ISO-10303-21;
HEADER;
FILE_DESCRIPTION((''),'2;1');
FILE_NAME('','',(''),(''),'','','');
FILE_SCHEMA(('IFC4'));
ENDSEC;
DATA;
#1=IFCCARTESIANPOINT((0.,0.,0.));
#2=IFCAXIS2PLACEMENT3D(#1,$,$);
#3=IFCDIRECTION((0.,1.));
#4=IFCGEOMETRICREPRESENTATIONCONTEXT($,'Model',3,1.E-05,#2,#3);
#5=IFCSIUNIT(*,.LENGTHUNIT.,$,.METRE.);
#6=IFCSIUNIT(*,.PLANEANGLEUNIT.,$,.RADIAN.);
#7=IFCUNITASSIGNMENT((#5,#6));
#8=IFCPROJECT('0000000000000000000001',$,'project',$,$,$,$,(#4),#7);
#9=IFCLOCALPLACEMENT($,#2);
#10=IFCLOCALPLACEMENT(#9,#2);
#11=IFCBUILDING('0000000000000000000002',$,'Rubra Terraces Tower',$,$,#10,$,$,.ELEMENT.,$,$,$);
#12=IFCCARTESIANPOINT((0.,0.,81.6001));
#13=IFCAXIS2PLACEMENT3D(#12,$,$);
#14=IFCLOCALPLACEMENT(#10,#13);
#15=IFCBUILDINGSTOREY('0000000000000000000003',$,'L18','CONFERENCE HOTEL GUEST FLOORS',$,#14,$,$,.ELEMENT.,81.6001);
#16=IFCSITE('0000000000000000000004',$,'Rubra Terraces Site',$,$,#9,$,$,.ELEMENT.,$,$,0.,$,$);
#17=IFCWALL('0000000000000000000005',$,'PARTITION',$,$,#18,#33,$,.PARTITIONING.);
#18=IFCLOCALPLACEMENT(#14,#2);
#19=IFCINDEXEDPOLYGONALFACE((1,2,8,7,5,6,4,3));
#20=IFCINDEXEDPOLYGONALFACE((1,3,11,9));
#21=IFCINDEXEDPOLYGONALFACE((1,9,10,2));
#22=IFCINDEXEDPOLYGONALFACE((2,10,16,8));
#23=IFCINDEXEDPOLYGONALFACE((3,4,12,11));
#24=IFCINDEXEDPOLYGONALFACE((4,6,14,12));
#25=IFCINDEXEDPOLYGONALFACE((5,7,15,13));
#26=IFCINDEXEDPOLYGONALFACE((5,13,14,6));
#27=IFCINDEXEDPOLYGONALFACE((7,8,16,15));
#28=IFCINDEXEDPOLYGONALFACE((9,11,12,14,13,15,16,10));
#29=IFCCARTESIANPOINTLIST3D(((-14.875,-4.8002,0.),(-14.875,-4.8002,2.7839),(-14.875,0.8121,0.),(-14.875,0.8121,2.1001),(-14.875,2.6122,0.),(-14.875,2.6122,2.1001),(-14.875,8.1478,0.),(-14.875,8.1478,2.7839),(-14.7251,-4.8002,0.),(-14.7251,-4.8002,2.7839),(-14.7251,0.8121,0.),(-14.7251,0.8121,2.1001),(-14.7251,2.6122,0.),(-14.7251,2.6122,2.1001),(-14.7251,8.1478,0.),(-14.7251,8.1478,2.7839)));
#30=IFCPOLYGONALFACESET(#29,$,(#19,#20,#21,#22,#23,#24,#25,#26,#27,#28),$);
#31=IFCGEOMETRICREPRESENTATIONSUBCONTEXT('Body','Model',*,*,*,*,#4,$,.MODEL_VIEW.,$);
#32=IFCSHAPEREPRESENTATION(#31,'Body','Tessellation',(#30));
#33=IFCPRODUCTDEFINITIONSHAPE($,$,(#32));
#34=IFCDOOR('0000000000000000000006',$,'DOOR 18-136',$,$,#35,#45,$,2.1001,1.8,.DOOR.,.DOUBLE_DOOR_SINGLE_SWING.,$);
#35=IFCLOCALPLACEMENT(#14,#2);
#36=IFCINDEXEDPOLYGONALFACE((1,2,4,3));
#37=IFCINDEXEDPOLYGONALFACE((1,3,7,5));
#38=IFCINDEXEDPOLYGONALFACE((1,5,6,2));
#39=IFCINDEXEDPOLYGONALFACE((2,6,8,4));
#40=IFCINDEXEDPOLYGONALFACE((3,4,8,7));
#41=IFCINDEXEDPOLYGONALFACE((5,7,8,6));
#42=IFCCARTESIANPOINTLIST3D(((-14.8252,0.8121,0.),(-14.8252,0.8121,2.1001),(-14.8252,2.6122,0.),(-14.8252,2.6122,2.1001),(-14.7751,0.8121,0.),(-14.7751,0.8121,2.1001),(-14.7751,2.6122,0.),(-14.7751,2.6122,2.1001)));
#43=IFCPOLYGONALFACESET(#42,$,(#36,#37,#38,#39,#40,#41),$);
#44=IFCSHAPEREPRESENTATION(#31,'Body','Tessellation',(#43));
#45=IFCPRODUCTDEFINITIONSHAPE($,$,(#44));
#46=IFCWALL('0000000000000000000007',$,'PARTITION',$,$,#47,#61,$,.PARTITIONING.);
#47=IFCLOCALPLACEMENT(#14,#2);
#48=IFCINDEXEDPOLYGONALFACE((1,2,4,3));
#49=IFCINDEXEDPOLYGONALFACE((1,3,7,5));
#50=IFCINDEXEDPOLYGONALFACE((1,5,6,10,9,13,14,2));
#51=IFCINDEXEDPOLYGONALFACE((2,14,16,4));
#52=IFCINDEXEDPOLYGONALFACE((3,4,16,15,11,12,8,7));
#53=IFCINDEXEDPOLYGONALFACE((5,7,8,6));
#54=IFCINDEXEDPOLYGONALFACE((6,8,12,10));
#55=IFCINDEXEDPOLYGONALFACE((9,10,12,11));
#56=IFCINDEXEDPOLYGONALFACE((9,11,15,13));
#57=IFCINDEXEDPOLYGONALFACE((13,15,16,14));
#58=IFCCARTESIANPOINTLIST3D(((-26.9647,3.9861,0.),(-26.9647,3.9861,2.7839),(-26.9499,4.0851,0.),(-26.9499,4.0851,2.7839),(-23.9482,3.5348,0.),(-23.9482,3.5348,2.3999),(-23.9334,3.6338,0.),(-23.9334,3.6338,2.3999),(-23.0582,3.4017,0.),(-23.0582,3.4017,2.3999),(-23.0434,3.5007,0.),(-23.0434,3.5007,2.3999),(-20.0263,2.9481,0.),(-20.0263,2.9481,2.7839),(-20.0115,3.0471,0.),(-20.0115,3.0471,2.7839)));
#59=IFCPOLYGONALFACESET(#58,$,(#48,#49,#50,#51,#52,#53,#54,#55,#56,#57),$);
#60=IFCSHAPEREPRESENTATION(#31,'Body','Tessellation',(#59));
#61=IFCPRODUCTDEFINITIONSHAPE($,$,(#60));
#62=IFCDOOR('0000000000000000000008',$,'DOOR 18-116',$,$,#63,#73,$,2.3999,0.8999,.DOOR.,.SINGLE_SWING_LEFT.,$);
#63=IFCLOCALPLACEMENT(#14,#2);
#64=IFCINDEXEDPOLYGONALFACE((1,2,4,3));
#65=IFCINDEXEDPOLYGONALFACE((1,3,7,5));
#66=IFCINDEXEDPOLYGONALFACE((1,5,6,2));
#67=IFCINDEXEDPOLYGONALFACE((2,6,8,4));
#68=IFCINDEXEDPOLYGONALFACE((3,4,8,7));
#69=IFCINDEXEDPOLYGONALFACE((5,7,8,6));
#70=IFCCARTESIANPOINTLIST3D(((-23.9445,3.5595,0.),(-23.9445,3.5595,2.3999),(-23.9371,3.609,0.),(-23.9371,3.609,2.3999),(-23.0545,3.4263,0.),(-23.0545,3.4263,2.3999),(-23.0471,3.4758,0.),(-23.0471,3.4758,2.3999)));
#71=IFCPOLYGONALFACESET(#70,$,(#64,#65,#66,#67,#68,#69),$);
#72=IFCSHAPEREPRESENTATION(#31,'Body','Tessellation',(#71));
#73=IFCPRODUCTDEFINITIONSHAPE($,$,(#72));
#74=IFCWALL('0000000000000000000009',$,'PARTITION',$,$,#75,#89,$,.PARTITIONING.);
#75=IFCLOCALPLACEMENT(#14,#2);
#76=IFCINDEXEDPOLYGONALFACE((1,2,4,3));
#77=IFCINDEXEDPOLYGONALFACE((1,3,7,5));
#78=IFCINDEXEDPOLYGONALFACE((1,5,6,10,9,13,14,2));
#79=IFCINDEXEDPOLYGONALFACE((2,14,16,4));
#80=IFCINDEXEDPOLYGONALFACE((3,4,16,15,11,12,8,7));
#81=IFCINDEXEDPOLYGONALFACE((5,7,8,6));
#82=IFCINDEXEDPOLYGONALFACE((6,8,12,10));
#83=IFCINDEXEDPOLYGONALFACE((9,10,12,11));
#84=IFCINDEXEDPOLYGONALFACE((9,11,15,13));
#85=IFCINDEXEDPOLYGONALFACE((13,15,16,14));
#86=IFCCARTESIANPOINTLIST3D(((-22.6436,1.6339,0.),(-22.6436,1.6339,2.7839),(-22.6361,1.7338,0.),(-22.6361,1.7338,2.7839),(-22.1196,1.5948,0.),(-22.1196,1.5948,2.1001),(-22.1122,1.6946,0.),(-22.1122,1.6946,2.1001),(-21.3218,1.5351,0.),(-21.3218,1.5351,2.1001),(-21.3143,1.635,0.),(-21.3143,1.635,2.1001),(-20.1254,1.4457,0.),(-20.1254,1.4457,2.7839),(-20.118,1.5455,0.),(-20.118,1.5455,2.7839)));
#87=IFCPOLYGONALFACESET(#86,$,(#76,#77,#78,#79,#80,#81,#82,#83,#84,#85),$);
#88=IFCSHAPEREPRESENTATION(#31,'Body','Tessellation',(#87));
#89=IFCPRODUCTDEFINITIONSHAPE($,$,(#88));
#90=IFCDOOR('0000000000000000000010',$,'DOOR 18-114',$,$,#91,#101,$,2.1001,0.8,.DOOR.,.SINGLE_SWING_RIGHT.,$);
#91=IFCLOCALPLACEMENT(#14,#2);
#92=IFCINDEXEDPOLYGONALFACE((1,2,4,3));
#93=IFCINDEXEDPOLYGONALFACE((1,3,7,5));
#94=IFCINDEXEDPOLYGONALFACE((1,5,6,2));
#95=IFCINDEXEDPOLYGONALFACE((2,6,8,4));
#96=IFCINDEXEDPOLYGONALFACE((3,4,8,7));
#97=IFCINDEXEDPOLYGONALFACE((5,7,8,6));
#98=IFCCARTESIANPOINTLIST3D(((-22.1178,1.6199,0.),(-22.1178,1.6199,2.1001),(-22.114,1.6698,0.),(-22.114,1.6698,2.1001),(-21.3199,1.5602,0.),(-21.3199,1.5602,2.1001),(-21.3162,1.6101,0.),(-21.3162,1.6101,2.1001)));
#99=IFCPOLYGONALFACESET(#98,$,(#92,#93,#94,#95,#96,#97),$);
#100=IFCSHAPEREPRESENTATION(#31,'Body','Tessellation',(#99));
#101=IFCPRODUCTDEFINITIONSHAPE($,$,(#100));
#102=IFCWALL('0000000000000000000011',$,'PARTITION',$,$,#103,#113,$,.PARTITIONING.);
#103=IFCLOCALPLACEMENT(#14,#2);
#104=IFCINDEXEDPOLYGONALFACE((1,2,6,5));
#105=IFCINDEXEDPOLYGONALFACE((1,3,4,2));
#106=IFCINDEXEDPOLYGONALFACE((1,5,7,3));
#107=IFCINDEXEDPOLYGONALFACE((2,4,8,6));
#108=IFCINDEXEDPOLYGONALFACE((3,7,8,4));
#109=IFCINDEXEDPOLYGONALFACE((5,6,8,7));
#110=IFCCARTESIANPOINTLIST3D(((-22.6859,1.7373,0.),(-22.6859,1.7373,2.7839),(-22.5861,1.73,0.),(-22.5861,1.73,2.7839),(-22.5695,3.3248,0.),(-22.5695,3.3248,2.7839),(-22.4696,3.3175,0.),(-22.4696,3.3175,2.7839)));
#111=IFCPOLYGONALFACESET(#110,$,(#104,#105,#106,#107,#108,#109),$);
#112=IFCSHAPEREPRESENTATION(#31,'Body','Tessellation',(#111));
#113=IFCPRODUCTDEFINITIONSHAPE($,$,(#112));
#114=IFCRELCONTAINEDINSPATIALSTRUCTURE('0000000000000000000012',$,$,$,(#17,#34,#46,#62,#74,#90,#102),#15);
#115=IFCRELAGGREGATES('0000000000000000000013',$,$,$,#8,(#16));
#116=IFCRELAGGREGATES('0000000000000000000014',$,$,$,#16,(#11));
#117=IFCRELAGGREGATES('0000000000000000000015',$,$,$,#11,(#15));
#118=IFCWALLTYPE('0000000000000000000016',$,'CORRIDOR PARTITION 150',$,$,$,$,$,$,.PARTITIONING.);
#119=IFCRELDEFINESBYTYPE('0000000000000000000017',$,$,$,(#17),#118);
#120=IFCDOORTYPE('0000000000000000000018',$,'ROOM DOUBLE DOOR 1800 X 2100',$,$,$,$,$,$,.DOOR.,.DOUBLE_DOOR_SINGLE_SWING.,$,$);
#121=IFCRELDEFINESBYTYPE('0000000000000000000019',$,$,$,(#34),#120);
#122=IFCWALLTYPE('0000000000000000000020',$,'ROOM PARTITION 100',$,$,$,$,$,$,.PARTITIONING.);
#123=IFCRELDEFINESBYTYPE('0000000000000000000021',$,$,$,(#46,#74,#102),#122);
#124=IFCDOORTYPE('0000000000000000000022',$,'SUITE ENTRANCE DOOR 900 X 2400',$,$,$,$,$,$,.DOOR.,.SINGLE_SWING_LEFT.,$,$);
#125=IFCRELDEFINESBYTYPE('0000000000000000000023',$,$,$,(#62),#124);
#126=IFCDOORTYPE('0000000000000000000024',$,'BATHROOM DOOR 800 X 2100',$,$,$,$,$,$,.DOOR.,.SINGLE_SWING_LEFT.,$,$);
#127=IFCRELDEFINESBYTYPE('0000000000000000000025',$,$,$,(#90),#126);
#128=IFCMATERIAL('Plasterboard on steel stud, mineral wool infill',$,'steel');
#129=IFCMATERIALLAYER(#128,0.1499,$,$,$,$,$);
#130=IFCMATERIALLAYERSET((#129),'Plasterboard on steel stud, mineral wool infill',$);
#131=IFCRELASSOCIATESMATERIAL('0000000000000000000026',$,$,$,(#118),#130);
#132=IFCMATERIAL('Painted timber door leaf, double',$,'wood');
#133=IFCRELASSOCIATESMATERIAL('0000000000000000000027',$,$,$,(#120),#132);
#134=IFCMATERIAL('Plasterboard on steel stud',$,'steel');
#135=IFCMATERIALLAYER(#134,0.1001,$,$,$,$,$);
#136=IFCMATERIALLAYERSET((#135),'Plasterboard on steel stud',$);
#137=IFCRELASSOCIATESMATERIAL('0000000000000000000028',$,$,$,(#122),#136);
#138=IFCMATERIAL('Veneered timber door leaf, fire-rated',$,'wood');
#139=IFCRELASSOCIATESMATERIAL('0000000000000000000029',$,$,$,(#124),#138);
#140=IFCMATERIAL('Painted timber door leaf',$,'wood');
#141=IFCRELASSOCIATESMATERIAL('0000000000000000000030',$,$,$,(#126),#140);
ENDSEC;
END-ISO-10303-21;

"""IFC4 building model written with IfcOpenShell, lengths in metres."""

from ifc_helpers import new_model, si_unit, direction, frame, frame_2d, origin, place, context, subcontext, project, spatial, rectangle, extrude, material, layer, layer_set, type_object, element, fill, save


model = new_model("IFC4")

# Units and contexts
model_context = context("Model", 3, precision=1e-05, world=origin(), true_north=direction((0.0, 1.0)))
body_context = subcontext(model_context, "Body", "Model", "MODEL_VIEW")
ifc_project = project(units=[si_unit("LENGTHUNIT", "METRE"), si_unit("PLANEANGLEUNIT", "RADIAN")], contexts=[model_context])

# Site, building, storey
site_placement = place(None, origin())
site = spatial("IfcSite", under=ifc_project, at=site_placement, Name="Rubra Terraces Site", CompositionType="ELEMENT", RefElevation=0.0)
building_placement = place(site_placement, origin())
building = spatial("IfcBuilding", under=site, at=building_placement, Name="Rubra Terraces Tower", CompositionType="ELEMENT")
storey_placement = place(building_placement, frame((0.0, 0.0, 81.6001)))
storey = spatial("IfcBuildingStorey", under=building, at=storey_placement, Name="L18", Description="CONFERENCE HOTEL GUEST FLOORS", CompositionType="ELEMENT", Elevation=81.6001)

# Shared definitions
ifc_material_1 = material(Name="Plasterboard on steel stud, mineral wool infill", Category="steel")
ifc_layer_1 = layer(ifc_material_1, 0.1499)
ifc_layer_set_1 = layer_set([ifc_layer_1], Name="Plasterboard on steel stud, mineral wool infill")
wall_type_1 = type_object("IfcWallType", Name="CORRIDOR PARTITION 150", PredefinedType="PARTITIONING", material=ifc_layer_set_1)
ifc_material_2 = material(Name="Painted timber door leaf", Category="wood")

# Walls, openings, doors
wall_1_placement = place(storey_placement, frame((-14.8, 8.1479, 0.0), z_axis=(0.0, 0.0, 1.0), x_axis=(0.0, -1.0, 0.0)))
wall_1 = element("IfcWall", 1, at=wall_1_placement, inside=storey, type_object=wall_type_1, Name="PARTITION", PredefinedType="PARTITIONING", context=body_context, shape_type="SweptSolid", body=[
    extrude(rectangle(XDim=12.948, YDim=0.1499, at=frame_2d((6.4741, 0.0))), origin(), (0.0, 0.0, 1.0), 2.7839),
])
opening_1_placement = place(wall_1_placement, frame((5.5359, 0.0, 0.0)))
opening_1 = element("IfcOpeningElement", 2, at=opening_1_placement, cuts=wall_1, PredefinedType="OPENING", context=body_context, shape_type="SweptSolid", body=[
    extrude(rectangle(XDim=1.8, YDim=2.1001, at=frame_2d((0.8999, 1.05))), frame((0.0, 0.085, 0.0), z_axis=(0.0, -1.0, 0.0), x_axis=(1.0, 0.0, 0.0)), (0.0, 0.0, 1.0), 0.1699),
])
ifc_material_3 = material(Name="Painted timber door leaf, double", Category="wood")
door_type_1 = type_object("IfcDoorType", Name="ROOM DOUBLE DOOR 1800 X 2100", OperationType="DOUBLE_DOOR_SINGLE_SWING", PredefinedType="DOOR", material=ifc_material_3)
door_1_placement = place(opening_1_placement, origin())
door_1 = element("IfcDoor", 3, at=door_1_placement, inside=storey, type_object=door_type_1, Name="DOOR 18-136", OperationType="DOUBLE_DOOR_SINGLE_SWING", OverallHeight=2.1001, OverallWidth=1.8, PredefinedType="DOOR", context=body_context, shape_type="SweptSolid", body=[
    extrude(rectangle(XDim=1.8, YDim=2.1001, at=frame_2d((0.8999, 1.05))), frame((0.0, 0.0249, 0.0), z_axis=(0.0, -1.0, 0.0), x_axis=(1.0, 0.0, 0.0)), (0.0, 0.0, 1.0), 0.05),
])
fill(opening_1, door_1)
ifc_material_4 = material(Name="Plasterboard on steel stud", Category="steel")
ifc_layer_2 = layer(ifc_material_4, 0.1001)
ifc_layer_set_2 = layer_set([ifc_layer_2], Name="Plasterboard on steel stud")
wall_type_2 = type_object("IfcWallType", Name="ROOM PARTITION 100", PredefinedType="PARTITIONING", material=ifc_layer_set_2)
wall_2_placement = place(storey_placement, frame((-26.9573, 4.0356, 0.0), z_axis=(0.0, 0.0, 1.0), x_axis=(0.988992, -0.147966, 0.0)))
wall_2 = element("IfcWall", 4, at=wall_2_placement, inside=storey, type_object=wall_type_2, Name="PARTITION", PredefinedType="PARTITIONING", context=body_context, shape_type="SweptSolid", body=[
    extrude(rectangle(XDim=7.0156, YDim=0.1001, at=frame_2d((3.5078, 0.0))), origin(), (0.0, 0.0, 1.0), 2.7839),
])
opening_2_placement = place(wall_2_placement, frame((3.05, 0.0, 0.0)))
opening_2 = element("IfcOpeningElement", 5, at=opening_2_placement, cuts=wall_2, PredefinedType="OPENING", context=body_context, shape_type="SweptSolid", body=[
    extrude(rectangle(XDim=0.8999, YDim=2.3999, at=frame_2d((0.45, 1.2))), frame((0.0, 0.0601, 0.0), z_axis=(0.0, -1.0, 0.0), x_axis=(1.0, 0.0, 0.0)), (0.0, 0.0, 1.0), 0.1201),
])
ifc_material_5 = material(Name="Veneered timber door leaf, fire-rated", Category="wood")
door_type_2 = type_object("IfcDoorType", Name="SUITE ENTRANCE DOOR 900 X 2400", OperationType="SINGLE_SWING_LEFT", PredefinedType="DOOR", material=ifc_material_5)
door_2_placement = place(opening_2_placement, origin())
door_2 = element("IfcDoor", 6, at=door_2_placement, inside=storey, type_object=door_type_2, Name="DOOR 18-116", OperationType="SINGLE_SWING_LEFT", OverallHeight=2.3999, OverallWidth=0.8999, PredefinedType="DOOR", context=body_context, shape_type="SweptSolid", body=[
    extrude(rectangle(XDim=0.8999, YDim=2.3999, at=frame_2d((0.45, 1.2))), frame((0.0, 0.0249, 0.0), z_axis=(0.0, -1.0, 0.0), x_axis=(1.0, 0.0, 0.0)), (0.0, 0.0, 1.0), 0.05),
])
fill(opening_2, door_2)
wall_3_placement = place(storey_placement, frame((-20.1216, 1.4956, 0.0), z_axis=(0.0, 0.0, 1.0), x_axis=(-0.997218, 0.074545, 0.0)))
wall_3 = element("IfcWall", 7, at=wall_3_placement, inside=storey, type_object=wall_type_2, Name="PARTITION", PredefinedType="PARTITIONING", context=body_context, shape_type="SweptSolid", body=[
    extrude(rectangle(XDim=2.5251, YDim=0.1001, at=frame_2d((1.2627, 0.0))), origin(), (0.0, 0.0, 1.0), 2.7839),
])
opening_3_placement = place(wall_3_placement, frame((1.2, 0.0, 0.0)))
opening_3 = element("IfcOpeningElement", 8, at=opening_3_placement, cuts=wall_3, PredefinedType="OPENING", context=body_context, shape_type="SweptSolid", body=[
    extrude(rectangle(XDim=0.8, YDim=2.1001, at=frame_2d((0.3999, 1.05))), frame((0.0, 0.0601, 0.0), z_axis=(0.0, -1.0, 0.0), x_axis=(1.0, 0.0, 0.0)), (0.0, 0.0, 1.0), 0.1201),
])
door_type_3 = type_object("IfcDoorType", Name="BATHROOM DOOR 800 X 2100", OperationType="SINGLE_SWING_LEFT", PredefinedType="DOOR", material=ifc_material_2)
door_3_placement = place(opening_3_placement, origin())
door_3 = element("IfcDoor", 9, at=door_3_placement, inside=storey, type_object=door_type_3, Name="DOOR 18-114", OperationType="SINGLE_SWING_RIGHT", OverallHeight=2.1001, OverallWidth=0.8, PredefinedType="DOOR", context=body_context, shape_type="SweptSolid", body=[
    extrude(rectangle(XDim=0.8, YDim=2.1001, at=frame_2d((0.3999, 1.05))), frame((0.0, 0.0249, 0.0), z_axis=(0.0, -1.0, 0.0), x_axis=(1.0, 0.0, 0.0)), (0.0, 0.0, 1.0), 0.05),
])
fill(opening_3, door_3)

# Wall
wall_4_placement = place(storey_placement, frame((-22.636, 1.7336, 0.0), z_axis=(0.0, 0.0, 1.0), x_axis=(0.073154, 0.997321, 0.0)))
element("IfcWall", 10, at=wall_4_placement, inside=storey, type_object=wall_type_2, Name="PARTITION", PredefinedType="PARTITIONING", context=body_context, shape_type="SweptSolid", body=[
    extrude(rectangle(XDim=1.5918, YDim=0.1001, at=frame_2d((0.7959, 0.0))), origin(), (0.0, 0.0, 1.0), 2.7839),
])

save(model, "model.ifc")
